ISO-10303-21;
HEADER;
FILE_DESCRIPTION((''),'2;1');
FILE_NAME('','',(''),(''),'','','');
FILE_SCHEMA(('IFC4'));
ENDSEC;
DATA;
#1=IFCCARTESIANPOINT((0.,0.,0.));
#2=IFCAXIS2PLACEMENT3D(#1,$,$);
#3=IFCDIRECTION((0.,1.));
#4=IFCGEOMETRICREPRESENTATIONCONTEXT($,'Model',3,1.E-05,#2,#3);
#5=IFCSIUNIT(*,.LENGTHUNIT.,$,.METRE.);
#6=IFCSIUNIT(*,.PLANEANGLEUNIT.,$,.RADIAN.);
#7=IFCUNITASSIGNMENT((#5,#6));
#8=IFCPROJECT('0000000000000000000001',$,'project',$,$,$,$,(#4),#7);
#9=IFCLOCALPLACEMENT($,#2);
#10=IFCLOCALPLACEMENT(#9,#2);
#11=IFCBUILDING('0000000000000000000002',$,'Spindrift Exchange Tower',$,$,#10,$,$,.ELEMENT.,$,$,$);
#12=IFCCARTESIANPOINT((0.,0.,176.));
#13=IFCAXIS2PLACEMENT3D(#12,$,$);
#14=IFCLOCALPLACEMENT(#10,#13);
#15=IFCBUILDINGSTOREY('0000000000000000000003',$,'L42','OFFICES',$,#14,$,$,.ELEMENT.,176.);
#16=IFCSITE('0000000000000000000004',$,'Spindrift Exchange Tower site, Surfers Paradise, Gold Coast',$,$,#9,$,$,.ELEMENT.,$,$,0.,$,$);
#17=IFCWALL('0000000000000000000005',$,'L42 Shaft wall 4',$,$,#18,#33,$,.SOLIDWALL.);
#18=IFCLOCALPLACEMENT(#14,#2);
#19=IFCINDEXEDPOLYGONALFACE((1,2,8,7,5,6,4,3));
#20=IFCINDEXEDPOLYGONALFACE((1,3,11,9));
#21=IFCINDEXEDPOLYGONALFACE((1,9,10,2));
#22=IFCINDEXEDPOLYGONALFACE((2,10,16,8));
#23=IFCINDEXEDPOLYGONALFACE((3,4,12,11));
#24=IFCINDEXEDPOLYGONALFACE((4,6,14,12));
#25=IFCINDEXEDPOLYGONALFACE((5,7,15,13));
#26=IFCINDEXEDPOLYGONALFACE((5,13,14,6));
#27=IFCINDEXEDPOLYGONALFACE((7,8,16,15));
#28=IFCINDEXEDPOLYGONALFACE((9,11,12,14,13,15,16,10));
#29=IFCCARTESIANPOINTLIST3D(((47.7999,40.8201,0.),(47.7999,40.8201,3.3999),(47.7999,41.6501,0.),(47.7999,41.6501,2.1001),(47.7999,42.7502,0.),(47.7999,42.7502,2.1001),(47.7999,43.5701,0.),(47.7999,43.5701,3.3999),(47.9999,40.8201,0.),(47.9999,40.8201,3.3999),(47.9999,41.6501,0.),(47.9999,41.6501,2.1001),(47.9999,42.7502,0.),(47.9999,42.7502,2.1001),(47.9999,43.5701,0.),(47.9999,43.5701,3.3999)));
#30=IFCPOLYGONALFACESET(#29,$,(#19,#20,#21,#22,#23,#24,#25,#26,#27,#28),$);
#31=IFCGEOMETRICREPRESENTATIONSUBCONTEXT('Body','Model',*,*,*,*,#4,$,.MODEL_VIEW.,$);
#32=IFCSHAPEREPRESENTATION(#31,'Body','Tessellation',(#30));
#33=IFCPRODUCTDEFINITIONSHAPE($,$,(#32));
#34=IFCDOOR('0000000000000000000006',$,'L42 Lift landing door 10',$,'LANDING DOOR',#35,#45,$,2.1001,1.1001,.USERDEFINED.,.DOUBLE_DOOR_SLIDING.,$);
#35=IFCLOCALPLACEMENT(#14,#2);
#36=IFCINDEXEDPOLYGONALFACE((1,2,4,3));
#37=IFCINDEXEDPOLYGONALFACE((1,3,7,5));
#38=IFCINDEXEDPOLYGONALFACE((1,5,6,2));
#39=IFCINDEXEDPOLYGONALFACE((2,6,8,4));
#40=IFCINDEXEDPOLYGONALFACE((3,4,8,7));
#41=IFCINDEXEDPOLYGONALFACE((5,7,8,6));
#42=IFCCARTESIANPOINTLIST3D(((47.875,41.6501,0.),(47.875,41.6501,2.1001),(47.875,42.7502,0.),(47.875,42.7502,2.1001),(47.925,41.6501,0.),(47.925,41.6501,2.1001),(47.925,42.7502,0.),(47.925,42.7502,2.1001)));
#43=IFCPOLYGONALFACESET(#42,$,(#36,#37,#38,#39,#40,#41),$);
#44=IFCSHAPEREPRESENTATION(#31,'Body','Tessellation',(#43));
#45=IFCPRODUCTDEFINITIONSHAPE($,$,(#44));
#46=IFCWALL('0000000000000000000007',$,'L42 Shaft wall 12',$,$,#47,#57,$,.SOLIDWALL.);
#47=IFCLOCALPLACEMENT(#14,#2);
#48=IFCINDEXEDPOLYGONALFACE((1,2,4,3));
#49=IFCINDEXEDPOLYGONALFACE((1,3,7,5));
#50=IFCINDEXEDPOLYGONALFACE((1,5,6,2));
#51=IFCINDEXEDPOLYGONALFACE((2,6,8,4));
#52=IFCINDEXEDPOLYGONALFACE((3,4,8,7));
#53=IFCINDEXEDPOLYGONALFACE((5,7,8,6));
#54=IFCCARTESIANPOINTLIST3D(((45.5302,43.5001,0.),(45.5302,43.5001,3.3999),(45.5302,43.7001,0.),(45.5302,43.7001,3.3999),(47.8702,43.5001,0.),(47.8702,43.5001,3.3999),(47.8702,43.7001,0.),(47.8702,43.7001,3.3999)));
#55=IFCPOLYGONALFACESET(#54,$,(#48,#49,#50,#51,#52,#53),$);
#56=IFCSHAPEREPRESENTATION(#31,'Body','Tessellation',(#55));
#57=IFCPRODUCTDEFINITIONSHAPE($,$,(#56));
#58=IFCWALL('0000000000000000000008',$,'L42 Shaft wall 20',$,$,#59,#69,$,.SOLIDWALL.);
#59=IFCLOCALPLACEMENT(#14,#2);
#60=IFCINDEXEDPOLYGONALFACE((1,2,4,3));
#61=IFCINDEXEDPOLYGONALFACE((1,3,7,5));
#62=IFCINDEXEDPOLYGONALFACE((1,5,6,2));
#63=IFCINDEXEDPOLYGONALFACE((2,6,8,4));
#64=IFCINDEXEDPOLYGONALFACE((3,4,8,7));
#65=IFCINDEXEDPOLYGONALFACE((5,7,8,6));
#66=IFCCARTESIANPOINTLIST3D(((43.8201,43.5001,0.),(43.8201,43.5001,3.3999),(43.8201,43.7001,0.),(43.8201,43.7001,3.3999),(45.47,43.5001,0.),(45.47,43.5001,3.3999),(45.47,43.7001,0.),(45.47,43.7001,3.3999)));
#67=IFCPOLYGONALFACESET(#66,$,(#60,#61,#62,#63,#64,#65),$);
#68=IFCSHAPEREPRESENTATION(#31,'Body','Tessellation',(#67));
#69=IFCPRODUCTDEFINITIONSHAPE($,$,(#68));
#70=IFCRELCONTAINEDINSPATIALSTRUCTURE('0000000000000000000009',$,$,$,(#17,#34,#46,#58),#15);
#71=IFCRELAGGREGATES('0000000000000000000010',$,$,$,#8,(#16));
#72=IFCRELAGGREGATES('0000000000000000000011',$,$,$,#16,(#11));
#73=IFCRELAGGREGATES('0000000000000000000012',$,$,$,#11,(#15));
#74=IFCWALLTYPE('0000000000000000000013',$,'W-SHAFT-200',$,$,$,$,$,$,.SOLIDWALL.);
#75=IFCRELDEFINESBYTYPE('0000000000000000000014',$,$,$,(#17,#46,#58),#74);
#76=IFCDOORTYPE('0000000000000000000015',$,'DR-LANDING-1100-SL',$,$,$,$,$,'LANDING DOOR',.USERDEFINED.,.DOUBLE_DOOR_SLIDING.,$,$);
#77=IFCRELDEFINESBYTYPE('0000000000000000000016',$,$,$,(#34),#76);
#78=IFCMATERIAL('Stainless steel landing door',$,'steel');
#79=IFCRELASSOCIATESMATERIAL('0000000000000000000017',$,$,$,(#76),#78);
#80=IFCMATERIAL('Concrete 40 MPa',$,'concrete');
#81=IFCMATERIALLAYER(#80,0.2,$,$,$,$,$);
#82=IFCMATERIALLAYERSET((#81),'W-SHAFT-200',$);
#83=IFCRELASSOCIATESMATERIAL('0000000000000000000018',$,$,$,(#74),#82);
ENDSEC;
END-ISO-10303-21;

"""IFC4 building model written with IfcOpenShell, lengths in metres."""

from ifc_helpers import new_model, si_unit, direction, frame, frame_2d, origin, place, context, subcontext, project, spatial, rectangle, extrude, source, transform, mapped, material, layer, layer_set, type_object, element, fill, save


model = new_model("IFC4")

# Units and contexts
model_context = context("Model", 3, precision=1e-05, world=origin(), true_north=direction((0.0, 1.0)))
body_context = subcontext(model_context, "Body", "Model", "MODEL_VIEW")
ifc_project = project(units=[si_unit("LENGTHUNIT", "METRE"), si_unit("PLANEANGLEUNIT", "RADIAN")], contexts=[model_context])

# Site, building, storey
site_placement = place(None, origin())
site = spatial("IfcSite", under=ifc_project, at=site_placement, Name="Spindrift Exchange Tower site, Surfers Paradise, Gold Coast", CompositionType="ELEMENT", RefElevation=0.0)
building_placement = place(site_placement, origin())
building = spatial("IfcBuilding", under=site, at=building_placement, Name="Spindrift Exchange Tower", CompositionType="ELEMENT")
storey_placement = place(building_placement, frame((0.0, 0.0, 176.0)))
storey = spatial("IfcBuildingStorey", under=building, at=storey_placement, Name="L42", Description="OFFICES", CompositionType="ELEMENT", Elevation=176.0)

# Shared definitions
ifc_material_1 = material(Name="Stainless steel landing door", Category="steel")
door_type_1 = type_object("IfcDoorType", Name="DR-LANDING-1100-SL", ElementType="LANDING DOOR", OperationType="DOUBLE_DOOR_SLIDING", PredefinedType="USERDEFINED", material=ifc_material_1)
shared_shape_1 = source(origin(), body_context, "Body", "SweptSolid", [
    extrude(rectangle(XDim=1.1001, YDim=2.1001, at=frame_2d((0.55, 1.05))), frame((0.0, 0.0249, 0.0), z_axis=(0.0, -1.0, 0.0), x_axis=(1.0, 0.0, 0.0)), (0.0, 0.0, 1.0), 0.05),
])

# Shared definitions
ifc_material_2 = material(Name="Concrete 40 MPa", Category="concrete")
ifc_layer_1 = layer(ifc_material_2, 0.2)
ifc_layer_set_1 = layer_set([ifc_layer_1], Name="W-SHAFT-200")
wall_type_1 = type_object("IfcWallType", Name="W-SHAFT-200", PredefinedType="SOLIDWALL", material=ifc_layer_set_1)

# Wall, opening, door
wall_1_placement = place(storey_placement, frame((47.8999, 40.8201, 0.0), z_axis=(0.0, 0.0, 1.0), x_axis=(0.0, 1.0, 0.0)))
wall_1 = element("IfcWall", 1, at=wall_1_placement, inside=storey, type_object=wall_type_1, Name="L42 Shaft wall 4", PredefinedType="SOLIDWALL", context=body_context, shape_type="SweptSolid", body=[
    extrude(rectangle(XDim=2.75, YDim=0.2, at=frame_2d((1.375, 0.0))), origin(), (0.0, 0.0, 1.0), 3.3999),
])
opening_1_placement = place(wall_1_placement, frame((0.8301, 0.0, 0.0)))
opening_1 = element("IfcOpeningElement", 2, at=opening_1_placement, cuts=wall_1, PredefinedType="OPENING", context=body_context, shape_type="SweptSolid", body=[
    extrude(rectangle(XDim=1.1001, YDim=2.1001, at=frame_2d((0.55, 1.05))), frame((0.0, 0.1099, 0.0), z_axis=(0.0, -1.0, 0.0), x_axis=(1.0, 0.0, 0.0)), (0.0, 0.0, 1.0), 0.22),
])
door_1_placement = place(opening_1_placement, origin())
door_1 = element("IfcDoor", 3, at=door_1_placement, inside=storey, type_object=door_type_1, Name="L42 Lift landing door 10", ObjectType="LANDING DOOR", OperationType="DOUBLE_DOOR_SLIDING", OverallHeight=2.1001, OverallWidth=1.1001, PredefinedType="USERDEFINED", context=body_context, shape_type="MappedRepresentation", body=[
    mapped(shared_shape_1, transform((0.0, 0.0, 0.0), scale=1.0)),
])
fill(opening_1, door_1)

# Walls
wall_2_placement = place(storey_placement, frame((47.8701, 43.6001, 0.0), z_axis=(0.0, 0.0, 1.0), x_axis=(-1.0, 0.0, 0.0)))
element("IfcWall", 4, at=wall_2_placement, inside=storey, type_object=wall_type_1, Name="L42 Shaft wall 12", PredefinedType="SOLIDWALL", context=body_context, shape_type="SweptSolid", body=[
    extrude(rectangle(XDim=2.3401, YDim=0.2, at=frame_2d((1.1699, 0.0))), origin(), (0.0, 0.0, 1.0), 3.3999),
])
wall_3_placement = place(storey_placement, frame((45.47, 43.6001, 0.0), z_axis=(0.0, 0.0, 1.0), x_axis=(-1.0, 0.0, 0.0)))
element("IfcWall", 5, at=wall_3_placement, inside=storey, type_object=wall_type_1, Name="L42 Shaft wall 20", PredefinedType="SOLIDWALL", context=body_context, shape_type="SweptSolid", body=[
    extrude(rectangle(XDim=1.6499, YDim=0.2, at=frame_2d((0.825, 0.0))), origin(), (0.0, 0.0, 1.0), 3.3999),
])

save(model, "model.ifc")
